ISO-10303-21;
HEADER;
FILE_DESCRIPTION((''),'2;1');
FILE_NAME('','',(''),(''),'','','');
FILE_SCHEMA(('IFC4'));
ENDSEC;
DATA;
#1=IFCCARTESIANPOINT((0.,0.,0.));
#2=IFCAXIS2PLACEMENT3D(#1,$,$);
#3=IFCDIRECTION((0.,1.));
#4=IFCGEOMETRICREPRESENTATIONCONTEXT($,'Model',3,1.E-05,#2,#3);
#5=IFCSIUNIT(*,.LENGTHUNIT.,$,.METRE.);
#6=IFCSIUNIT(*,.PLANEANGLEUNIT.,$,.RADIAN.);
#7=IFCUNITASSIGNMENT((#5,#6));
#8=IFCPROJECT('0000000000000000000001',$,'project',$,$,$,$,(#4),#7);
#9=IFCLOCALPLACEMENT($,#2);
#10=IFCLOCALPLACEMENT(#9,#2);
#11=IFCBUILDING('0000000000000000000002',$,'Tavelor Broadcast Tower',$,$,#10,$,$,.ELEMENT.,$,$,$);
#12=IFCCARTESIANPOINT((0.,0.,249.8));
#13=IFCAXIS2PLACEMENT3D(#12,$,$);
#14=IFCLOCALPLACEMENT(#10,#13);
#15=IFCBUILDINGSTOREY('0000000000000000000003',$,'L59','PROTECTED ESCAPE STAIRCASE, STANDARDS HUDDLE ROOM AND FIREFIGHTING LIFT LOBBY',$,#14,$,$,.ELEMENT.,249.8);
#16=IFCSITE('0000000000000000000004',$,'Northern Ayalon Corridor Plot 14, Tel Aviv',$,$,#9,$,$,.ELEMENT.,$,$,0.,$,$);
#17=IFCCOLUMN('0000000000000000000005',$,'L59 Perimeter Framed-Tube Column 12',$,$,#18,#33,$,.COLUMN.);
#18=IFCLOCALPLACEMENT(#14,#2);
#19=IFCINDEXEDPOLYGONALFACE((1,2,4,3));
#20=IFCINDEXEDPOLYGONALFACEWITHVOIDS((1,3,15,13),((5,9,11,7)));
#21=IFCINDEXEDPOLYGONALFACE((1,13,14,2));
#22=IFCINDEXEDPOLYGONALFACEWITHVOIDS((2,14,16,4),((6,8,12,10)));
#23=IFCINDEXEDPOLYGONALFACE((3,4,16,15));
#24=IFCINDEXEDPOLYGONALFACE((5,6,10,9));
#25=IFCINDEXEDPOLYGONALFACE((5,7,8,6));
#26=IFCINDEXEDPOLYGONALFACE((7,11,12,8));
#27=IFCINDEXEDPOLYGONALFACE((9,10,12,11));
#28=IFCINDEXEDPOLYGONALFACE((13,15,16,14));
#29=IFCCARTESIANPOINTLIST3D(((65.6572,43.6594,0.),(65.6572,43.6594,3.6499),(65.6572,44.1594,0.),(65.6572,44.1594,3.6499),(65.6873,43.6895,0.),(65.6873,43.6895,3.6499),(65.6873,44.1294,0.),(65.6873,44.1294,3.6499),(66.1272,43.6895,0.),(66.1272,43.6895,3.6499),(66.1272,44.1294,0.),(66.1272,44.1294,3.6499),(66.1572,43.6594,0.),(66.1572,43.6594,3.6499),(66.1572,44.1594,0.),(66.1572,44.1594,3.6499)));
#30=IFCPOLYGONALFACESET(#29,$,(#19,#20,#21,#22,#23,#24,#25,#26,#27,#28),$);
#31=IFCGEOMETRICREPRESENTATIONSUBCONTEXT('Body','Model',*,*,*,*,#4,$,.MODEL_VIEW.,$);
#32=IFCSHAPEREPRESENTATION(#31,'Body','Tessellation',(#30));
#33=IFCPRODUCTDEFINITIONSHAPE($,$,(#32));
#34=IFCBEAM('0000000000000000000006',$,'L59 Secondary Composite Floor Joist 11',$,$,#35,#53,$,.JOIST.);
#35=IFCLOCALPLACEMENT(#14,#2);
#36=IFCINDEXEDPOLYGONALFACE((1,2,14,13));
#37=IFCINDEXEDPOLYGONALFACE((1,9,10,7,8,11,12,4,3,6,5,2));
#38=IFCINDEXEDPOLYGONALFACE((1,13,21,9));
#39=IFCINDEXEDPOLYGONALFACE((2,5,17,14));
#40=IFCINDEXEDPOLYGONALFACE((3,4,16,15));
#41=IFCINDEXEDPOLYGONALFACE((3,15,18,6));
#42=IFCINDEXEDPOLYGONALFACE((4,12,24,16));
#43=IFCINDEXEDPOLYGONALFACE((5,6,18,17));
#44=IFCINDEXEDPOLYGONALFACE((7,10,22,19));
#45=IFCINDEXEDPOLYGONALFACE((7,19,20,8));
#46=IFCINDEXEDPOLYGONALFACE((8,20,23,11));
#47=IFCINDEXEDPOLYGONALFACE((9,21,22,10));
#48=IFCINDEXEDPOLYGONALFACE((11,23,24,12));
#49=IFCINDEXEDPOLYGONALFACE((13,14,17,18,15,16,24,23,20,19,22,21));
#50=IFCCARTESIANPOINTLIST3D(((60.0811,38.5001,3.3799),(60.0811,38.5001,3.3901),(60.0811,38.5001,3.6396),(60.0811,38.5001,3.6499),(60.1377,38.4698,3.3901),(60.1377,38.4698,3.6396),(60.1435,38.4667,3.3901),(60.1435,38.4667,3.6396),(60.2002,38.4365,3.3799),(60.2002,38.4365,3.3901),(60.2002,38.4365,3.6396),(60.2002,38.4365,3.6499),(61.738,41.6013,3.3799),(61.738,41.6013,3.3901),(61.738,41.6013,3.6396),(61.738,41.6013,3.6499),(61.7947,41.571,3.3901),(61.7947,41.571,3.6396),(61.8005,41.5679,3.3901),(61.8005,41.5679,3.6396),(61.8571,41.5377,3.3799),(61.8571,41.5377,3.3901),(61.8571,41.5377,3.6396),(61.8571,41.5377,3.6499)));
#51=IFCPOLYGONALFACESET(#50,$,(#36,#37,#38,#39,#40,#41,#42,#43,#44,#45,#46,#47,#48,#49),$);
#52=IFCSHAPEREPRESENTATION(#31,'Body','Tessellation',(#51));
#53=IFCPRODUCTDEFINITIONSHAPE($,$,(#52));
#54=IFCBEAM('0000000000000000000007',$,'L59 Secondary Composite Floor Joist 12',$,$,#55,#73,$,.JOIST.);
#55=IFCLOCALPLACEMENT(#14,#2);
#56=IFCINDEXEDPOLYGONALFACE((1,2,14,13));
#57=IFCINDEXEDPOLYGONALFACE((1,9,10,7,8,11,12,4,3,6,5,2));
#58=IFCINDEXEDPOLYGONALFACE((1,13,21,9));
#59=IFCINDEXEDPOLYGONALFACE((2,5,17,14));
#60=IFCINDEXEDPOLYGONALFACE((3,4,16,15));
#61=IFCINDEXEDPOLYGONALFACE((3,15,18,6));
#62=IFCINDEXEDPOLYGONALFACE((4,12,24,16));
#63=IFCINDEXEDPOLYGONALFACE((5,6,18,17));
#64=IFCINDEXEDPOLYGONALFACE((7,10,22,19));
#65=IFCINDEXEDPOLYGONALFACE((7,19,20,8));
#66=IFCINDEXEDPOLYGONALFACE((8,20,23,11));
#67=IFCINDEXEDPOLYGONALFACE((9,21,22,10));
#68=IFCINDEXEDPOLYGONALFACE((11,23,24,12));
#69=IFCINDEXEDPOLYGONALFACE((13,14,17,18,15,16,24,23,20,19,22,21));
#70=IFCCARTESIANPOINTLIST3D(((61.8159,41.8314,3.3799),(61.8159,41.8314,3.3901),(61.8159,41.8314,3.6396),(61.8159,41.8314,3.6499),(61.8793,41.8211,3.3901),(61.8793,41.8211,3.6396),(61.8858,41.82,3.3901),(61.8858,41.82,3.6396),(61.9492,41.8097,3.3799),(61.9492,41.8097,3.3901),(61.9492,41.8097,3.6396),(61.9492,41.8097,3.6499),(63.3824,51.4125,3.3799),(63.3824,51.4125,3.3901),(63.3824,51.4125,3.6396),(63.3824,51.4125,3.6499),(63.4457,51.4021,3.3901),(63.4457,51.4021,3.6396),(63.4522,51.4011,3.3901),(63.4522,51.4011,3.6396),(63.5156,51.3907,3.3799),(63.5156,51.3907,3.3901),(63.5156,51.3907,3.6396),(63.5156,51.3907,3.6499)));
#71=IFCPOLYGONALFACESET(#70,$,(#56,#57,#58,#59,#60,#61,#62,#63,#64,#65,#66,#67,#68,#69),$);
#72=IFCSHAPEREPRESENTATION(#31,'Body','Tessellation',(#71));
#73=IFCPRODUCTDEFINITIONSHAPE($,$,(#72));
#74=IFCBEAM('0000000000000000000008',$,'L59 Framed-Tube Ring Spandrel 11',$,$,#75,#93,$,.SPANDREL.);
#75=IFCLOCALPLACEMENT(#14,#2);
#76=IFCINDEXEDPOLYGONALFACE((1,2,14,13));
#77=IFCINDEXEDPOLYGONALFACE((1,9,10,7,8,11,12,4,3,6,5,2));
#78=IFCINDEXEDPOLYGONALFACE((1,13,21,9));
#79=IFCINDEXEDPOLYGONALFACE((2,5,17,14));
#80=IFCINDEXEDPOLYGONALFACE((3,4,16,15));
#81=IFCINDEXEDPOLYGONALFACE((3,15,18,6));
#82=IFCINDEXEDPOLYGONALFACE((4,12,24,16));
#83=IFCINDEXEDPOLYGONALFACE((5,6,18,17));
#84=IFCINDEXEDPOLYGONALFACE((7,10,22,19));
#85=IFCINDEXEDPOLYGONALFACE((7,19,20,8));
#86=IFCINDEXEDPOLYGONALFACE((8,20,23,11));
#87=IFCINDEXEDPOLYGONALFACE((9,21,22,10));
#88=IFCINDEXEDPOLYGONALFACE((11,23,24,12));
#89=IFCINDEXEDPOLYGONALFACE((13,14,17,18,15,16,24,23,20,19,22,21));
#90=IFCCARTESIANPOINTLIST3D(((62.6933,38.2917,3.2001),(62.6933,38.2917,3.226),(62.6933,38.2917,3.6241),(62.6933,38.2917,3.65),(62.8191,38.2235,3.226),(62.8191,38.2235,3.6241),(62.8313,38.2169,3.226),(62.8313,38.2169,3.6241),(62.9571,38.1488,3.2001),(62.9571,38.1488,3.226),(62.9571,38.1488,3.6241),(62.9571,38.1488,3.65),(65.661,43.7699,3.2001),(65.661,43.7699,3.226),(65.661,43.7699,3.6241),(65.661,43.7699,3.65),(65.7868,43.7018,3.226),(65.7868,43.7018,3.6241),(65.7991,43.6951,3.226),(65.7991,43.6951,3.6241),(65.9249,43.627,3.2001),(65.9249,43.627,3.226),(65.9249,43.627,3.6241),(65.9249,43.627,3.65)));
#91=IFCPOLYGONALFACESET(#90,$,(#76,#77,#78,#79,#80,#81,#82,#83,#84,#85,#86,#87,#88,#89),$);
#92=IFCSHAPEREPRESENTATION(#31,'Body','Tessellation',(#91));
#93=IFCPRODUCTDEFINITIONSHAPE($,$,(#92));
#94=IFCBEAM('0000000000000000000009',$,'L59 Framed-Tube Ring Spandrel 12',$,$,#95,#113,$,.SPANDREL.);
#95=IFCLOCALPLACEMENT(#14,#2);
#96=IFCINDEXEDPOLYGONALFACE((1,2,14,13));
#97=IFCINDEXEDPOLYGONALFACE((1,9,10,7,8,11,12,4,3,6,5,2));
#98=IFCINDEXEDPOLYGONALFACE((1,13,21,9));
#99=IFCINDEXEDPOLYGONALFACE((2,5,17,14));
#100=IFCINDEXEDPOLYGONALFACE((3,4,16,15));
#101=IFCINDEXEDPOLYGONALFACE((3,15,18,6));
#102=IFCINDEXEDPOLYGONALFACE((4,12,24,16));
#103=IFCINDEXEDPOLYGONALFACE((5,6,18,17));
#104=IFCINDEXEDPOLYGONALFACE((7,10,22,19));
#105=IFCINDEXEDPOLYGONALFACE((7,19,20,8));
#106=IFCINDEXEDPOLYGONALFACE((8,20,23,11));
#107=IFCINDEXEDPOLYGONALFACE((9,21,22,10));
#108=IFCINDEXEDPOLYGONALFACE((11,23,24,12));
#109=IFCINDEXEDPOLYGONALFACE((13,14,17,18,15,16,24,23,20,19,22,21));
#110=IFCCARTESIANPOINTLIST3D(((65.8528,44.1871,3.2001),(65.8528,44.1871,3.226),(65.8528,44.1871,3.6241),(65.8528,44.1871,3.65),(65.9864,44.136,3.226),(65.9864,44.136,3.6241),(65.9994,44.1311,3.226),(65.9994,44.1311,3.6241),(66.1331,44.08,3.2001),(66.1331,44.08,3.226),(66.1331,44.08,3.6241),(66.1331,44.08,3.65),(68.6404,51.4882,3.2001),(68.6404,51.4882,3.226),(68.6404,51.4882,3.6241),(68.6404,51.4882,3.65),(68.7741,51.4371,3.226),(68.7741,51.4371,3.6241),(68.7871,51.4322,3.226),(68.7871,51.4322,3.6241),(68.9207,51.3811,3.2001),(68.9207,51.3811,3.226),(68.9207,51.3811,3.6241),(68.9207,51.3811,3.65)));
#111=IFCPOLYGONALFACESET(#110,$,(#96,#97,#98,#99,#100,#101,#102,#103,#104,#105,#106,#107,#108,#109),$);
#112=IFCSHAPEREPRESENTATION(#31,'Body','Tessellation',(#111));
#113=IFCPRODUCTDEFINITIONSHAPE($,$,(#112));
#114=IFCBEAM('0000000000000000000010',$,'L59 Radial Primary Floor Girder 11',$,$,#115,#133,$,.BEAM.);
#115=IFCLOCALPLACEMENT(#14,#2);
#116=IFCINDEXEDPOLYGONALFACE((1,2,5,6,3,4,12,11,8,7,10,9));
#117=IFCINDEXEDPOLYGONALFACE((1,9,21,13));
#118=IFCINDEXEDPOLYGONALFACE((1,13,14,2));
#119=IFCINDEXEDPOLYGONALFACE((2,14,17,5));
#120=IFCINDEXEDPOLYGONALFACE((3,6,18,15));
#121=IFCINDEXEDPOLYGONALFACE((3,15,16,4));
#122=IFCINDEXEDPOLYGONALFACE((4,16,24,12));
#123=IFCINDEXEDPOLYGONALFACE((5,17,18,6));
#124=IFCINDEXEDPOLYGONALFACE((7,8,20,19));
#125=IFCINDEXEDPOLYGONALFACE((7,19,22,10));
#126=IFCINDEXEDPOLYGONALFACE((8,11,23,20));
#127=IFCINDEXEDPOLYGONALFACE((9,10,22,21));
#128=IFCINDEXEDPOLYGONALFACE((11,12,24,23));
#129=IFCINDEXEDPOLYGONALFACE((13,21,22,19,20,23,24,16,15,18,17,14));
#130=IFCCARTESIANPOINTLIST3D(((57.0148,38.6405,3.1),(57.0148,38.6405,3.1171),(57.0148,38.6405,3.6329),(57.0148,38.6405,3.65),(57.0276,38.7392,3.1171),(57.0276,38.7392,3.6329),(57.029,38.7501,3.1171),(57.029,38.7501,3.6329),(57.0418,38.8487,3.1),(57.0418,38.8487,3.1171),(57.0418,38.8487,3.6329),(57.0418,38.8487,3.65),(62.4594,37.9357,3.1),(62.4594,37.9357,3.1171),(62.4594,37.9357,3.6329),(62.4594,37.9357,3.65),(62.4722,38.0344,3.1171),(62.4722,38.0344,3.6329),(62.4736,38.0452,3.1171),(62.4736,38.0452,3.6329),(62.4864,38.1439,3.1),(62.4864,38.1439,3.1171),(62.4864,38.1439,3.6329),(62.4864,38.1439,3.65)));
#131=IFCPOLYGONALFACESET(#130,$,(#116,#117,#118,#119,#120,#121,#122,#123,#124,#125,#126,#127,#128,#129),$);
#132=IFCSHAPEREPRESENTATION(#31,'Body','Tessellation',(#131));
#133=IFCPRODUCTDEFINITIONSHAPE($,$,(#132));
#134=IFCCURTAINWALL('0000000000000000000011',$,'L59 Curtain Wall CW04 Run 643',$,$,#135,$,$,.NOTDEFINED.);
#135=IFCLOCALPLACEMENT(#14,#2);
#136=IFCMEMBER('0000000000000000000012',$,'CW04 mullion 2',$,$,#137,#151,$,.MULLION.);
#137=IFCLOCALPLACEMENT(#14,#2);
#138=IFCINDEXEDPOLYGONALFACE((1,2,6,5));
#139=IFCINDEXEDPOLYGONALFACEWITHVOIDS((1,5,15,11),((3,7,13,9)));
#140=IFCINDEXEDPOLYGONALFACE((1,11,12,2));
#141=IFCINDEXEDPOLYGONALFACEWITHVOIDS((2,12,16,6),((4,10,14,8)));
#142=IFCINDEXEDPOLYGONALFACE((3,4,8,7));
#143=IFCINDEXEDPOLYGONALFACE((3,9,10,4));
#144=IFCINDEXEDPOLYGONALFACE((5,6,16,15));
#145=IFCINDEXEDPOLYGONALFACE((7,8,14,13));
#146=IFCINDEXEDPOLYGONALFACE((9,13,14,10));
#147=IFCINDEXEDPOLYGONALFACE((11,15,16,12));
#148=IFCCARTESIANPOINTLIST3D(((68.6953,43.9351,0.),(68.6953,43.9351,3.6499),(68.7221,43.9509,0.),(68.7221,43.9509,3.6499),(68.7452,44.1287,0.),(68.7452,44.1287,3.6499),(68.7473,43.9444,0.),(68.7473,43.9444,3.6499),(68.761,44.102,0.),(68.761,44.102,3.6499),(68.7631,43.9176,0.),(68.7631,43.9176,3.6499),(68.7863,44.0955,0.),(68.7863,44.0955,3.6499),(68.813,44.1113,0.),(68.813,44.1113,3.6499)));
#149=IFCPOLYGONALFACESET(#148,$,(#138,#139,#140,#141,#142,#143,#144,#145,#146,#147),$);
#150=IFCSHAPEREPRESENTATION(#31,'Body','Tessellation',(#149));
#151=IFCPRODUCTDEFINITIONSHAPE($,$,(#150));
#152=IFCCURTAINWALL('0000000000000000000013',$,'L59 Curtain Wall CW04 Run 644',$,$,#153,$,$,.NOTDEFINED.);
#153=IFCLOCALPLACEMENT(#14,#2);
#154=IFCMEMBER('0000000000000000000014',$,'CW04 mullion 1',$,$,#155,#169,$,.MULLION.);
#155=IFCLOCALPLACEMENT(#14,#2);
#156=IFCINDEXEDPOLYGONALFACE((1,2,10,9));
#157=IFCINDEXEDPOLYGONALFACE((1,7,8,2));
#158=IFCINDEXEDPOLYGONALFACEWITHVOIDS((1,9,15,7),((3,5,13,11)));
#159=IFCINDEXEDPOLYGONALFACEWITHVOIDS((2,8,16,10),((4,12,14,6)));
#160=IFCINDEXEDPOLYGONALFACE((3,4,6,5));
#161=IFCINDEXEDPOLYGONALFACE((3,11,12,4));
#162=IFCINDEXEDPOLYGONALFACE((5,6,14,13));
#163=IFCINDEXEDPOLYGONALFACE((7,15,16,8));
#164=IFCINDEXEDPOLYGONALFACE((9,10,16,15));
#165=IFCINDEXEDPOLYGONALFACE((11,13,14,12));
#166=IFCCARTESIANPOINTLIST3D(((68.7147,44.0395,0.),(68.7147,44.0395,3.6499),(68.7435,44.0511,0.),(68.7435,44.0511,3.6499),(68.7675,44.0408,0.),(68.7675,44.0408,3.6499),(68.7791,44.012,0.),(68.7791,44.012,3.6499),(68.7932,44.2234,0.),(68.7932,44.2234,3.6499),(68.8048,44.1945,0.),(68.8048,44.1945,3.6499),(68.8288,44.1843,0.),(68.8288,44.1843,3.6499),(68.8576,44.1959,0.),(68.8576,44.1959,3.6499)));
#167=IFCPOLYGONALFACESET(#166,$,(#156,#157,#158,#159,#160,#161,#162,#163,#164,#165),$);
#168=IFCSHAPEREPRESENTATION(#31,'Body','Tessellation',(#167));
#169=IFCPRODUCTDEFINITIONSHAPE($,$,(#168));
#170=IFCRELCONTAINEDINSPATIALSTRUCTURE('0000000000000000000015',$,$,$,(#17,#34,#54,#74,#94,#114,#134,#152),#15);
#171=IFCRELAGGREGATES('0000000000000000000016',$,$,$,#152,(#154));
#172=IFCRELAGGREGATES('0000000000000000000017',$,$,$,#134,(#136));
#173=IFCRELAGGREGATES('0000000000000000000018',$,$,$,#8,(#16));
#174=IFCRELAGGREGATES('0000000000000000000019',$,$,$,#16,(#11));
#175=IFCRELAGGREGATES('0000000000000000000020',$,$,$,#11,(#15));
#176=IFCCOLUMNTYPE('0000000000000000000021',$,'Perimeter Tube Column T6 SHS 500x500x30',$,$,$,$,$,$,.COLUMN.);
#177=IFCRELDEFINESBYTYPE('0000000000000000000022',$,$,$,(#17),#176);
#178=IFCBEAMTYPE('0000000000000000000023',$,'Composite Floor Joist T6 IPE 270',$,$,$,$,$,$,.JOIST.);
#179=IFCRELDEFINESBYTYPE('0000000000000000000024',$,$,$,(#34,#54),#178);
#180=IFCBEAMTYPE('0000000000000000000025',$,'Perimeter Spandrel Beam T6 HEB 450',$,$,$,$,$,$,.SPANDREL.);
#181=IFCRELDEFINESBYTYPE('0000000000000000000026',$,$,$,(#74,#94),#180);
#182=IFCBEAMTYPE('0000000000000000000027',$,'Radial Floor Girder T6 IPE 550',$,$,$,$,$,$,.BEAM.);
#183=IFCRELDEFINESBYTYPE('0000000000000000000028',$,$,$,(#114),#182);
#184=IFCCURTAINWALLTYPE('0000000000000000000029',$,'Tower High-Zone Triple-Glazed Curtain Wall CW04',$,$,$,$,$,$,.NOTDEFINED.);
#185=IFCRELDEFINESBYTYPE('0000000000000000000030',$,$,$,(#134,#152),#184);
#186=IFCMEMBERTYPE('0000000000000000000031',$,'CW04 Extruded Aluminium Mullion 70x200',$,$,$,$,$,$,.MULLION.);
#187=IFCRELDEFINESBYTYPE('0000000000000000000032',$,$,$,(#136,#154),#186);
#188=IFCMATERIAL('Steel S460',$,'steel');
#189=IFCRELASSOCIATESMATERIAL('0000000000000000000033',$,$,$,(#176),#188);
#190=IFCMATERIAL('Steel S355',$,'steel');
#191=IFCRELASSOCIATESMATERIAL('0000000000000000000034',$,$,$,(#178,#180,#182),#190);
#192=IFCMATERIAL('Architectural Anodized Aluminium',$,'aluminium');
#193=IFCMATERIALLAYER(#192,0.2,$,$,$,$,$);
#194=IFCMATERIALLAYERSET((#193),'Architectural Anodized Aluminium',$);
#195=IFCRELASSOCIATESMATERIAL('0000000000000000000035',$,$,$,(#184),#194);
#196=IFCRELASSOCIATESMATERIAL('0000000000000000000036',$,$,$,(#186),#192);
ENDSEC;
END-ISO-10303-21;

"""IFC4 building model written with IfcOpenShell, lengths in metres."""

from ifc_helpers import new_model, si_unit, direction, frame, origin, origin_2d, place, context, subcontext, project, spatial, hollow_rectangle, i_section, extrude, source, transform, mapped, material, layer, layer_set, material_profile, profile_set, type_object, type_shapes, element, aggregate, save


model = new_model("IFC4")

# Units and contexts
model_context = context("Model", 3, precision=1e-05, world=origin(), true_north=direction((0.0, 1.0)))
body_context = subcontext(model_context, "Body", "Model", "MODEL_VIEW")
ifc_project = project(units=[si_unit("LENGTHUNIT", "METRE"), si_unit("PLANEANGLEUNIT", "RADIAN")], contexts=[model_context])

# Site, building, storey
site_placement = place(None, origin())
site = spatial("IfcSite", under=ifc_project, at=site_placement, Name="Northern Ayalon Corridor Plot 14, Tel Aviv", CompositionType="ELEMENT", RefElevation=0.0)
building_placement = place(site_placement, origin())
building = spatial("IfcBuilding", under=site, at=building_placement, Name="Tavelor Broadcast Tower", CompositionType="ELEMENT")
storey_placement = place(building_placement, frame((0.0, 0.0, 249.8)))
storey = spatial("IfcBuildingStorey", under=building, at=storey_placement, Name="L59", Description="PROTECTED ESCAPE STAIRCASE, STANDARDS HUDDLE ROOM AND FIREFIGHTING LIFT LOBBY", CompositionType="ELEMENT", Elevation=249.8)

# Column
ifc_material_1 = material(Name="Steel S460", Category="steel")
ifc_material_profile_1 = material_profile(ifc_material_1, hollow_rectangle(XDim=0.5, YDim=0.5, WallThickness=0.03, at=origin_2d()), Name="SHS 500x500x30")
ifc_profile_set_1 = profile_set([ifc_material_profile_1], Name="Steel S460")
column_type = type_object("IfcColumnType", Name="Perimeter Tube Column T6 SHS 500x500x30", PredefinedType="COLUMN", material=ifc_profile_set_1)
column_placement = place(storey_placement, frame((65.9072, 43.9094, 0.0), z_axis=(0.0, 0.0, 1.0), x_axis=(1.0, 0.0, 0.0)))
element("IfcColumn", 1, at=column_placement, inside=storey, type_object=column_type, Name="L59 Perimeter Framed-Tube Column 12", PredefinedType="COLUMN", context=body_context, shape_type="SweptSolid", body=[
    extrude(hollow_rectangle(XDim=0.5, YDim=0.5, WallThickness=0.03, at=origin_2d()), origin(), (0.0, 0.0, 1.0), 3.6499),
])

# Beams
ifc_material_2 = material(Name="Steel S355", Category="steel")
ifc_material_profile_2 = material_profile(ifc_material_2, i_section(OverallWidth=0.135, OverallDepth=0.27, WebThickness=0.0066, FlangeThickness=0.0103, at=origin_2d()), Name="IPE 270")
ifc_profile_set_2 = profile_set([ifc_material_profile_2], Name="Steel S355")
beam_type_1 = type_object("IfcBeamType", Name="Composite Floor Joist T6 IPE 270", PredefinedType="JOIST", material=ifc_profile_set_2)
beam_1_placement = place(storey_placement, frame((60.1406, 38.4683, 3.5149), z_axis=(0.47124, 0.882005, 0.0), x_axis=(-0.882005, 0.47124, 0.0)))
element("IfcBeam", 2, at=beam_1_placement, inside=storey, type_object=beam_type_1, Name="L59 Secondary Composite Floor Joist 11", PredefinedType="JOIST", context=body_context, shape_type="SweptSolid", body=[
    extrude(i_section(OverallWidth=0.135, OverallDepth=0.27, WebThickness=0.0066, FlangeThickness=0.0103, at=origin_2d()), origin(), (0.0, 0.0, 1.0), 3.5161),
])
beam_2_placement = place(storey_placement, frame((61.8826, 41.8206, 3.5149), z_axis=(0.161348, 0.986898, 0.0), x_axis=(-0.986898, 0.161348, 0.0)))
element("IfcBeam", 3, at=beam_2_placement, inside=storey, type_object=beam_type_1, Name="L59 Secondary Composite Floor Joist 12", PredefinedType="JOIST", context=body_context, shape_type="SweptSolid", body=[
    extrude(i_section(OverallWidth=0.135, OverallDepth=0.27, WebThickness=0.0066, FlangeThickness=0.0103, at=origin_2d()), origin(), (0.0, 0.0, 1.0), 9.7083),
])
ifc_material_profile_3 = material_profile(ifc_material_2, i_section(OverallWidth=0.3, OverallDepth=0.45, WebThickness=0.0139, FlangeThickness=0.0259, at=origin_2d()), Name="HEB 450")
ifc_profile_set_3 = profile_set([ifc_material_profile_3], Name="Steel S355")
beam_type_2 = type_object("IfcBeamType", Name="Perimeter Spandrel Beam T6 HEB 450", PredefinedType="SPANDREL", material=ifc_profile_set_3)
beam_3_placement = place(storey_placement, frame((62.8252, 38.2202, 3.425), z_axis=(0.47633, 0.879267, 0.0), x_axis=(-0.879267, 0.47633, 0.0)))
element("IfcBeam", 4, at=beam_3_placement, inside=storey, type_object=beam_type_2, Name="L59 Framed-Tube Ring Spandrel 11", PredefinedType="SPANDREL", context=body_context, shape_type="SweptSolid", body=[
    extrude(i_section(OverallWidth=0.3, OverallDepth=0.45, WebThickness=0.0139, FlangeThickness=0.0259, at=origin_2d()), origin(), (0.0, 0.0, 1.0), 6.2305),
])
beam_4_placement = place(storey_placement, frame((65.9929, 44.1335, 3.425), z_axis=(0.356694, 0.934221, 0.0), x_axis=(-0.934221, 0.356694, 0.0)))
element("IfcBeam", 5, at=beam_4_placement, inside=storey, type_object=beam_type_2, Name="L59 Framed-Tube Ring Spandrel 12", PredefinedType="SPANDREL", context=body_context, shape_type="SweptSolid", body=[
    extrude(i_section(OverallWidth=0.3, OverallDepth=0.45, WebThickness=0.0139, FlangeThickness=0.0259, at=origin_2d()), origin(), (0.0, 0.0, 1.0), 7.8152),
])
ifc_material_profile_4 = material_profile(ifc_material_2, i_section(OverallWidth=0.21, OverallDepth=0.55, WebThickness=0.011, FlangeThickness=0.0171, at=origin_2d()), Name="IPE 550")
ifc_profile_set_4 = profile_set([ifc_material_profile_4], Name="Steel S355")
beam_type_3 = type_object("IfcBeamType", Name="Radial Floor Girder T6 IPE 550", PredefinedType="BEAM", material=ifc_profile_set_4)
beam_5_placement = place(storey_placement, frame((57.0283, 38.7446, 3.375), z_axis=(0.991724, -0.128385, 0.0), x_axis=(0.128385, 0.991724, 0.0)))
element("IfcBeam", 6, at=beam_5_placement, inside=storey, type_object=beam_type_3, Name="L59 Radial Primary Floor Girder 11", PredefinedType="BEAM", context=body_context, shape_type="SweptSolid", body=[
    extrude(i_section(OverallWidth=0.21, OverallDepth=0.55, WebThickness=0.011, FlangeThickness=0.0171, at=origin_2d()), origin(), (0.0, 0.0, 1.0), 5.49),
])

# Curtain wall, member
ifc_material_3 = material(Name="Architectural Anodized Aluminium", Category="aluminium")
ifc_layer_1 = layer(ifc_material_3, 0.2)
ifc_layer_set_1 = layer_set([ifc_layer_1], Name="Architectural Anodized Aluminium")
curtain_wall_type = type_object("IfcCurtainWallType", Name="Tower High-Zone Triple-Glazed Curtain Wall CW04", PredefinedType="NOTDEFINED", material=ifc_layer_set_1)
curtain_wall_1_placement = place(storey_placement, origin())
curtain_wall_1 = element("IfcCurtainWall", 7, at=curtain_wall_1_placement, inside=storey, type_object=curtain_wall_type, Name="L59 Curtain Wall CW04 Run 643", PredefinedType="NOTDEFINED")
ifc_material_profile_5 = material_profile(ifc_material_3, hollow_rectangle(XDim=0.0701, YDim=0.2, WallThickness=0.022, at=origin_2d()), Name="RHS 70x200x22")
ifc_profile_set_5 = profile_set([ifc_material_profile_5], Name="Architectural Anodized Aluminium")
member_type_1 = type_object("IfcMemberType", Name="CW04 Extruded Aluminium Mullion 70x200", PredefinedType="MULLION", material=ifc_profile_set_5)
shared_shape_1 = source(origin(), body_context, "Body", "SweptSolid", [
    extrude(hollow_rectangle(XDim=0.0701, YDim=0.2, WallThickness=0.022, at=origin_2d()), origin(), (0.0, 0.0, 1.0), 3.6499),
])
type_shapes(member_type_1, [shared_shape_1])
member_1_placement = place(storey_placement, frame((68.7542, 44.0232, 0.0), z_axis=(0.0, 0.0, 1.0), x_axis=(-0.968409, 0.249366, 0.0)))
member_1 = element("IfcMember", 8, at=member_1_placement, type_object=member_type_1, Name="CW04 mullion 2", PredefinedType="MULLION", context=body_context, shape_type="MappedRepresentation", body=[
    mapped(shared_shape_1, transform((0.0, 0.0, 0.0), scale=1.0)),
])

# Curtain wall, member
curtain_wall_2_placement = place(storey_placement, origin())
curtain_wall_2 = element("IfcCurtainWall", 9, at=curtain_wall_2_placement, inside=storey, type_object=curtain_wall_type, Name="L59 Curtain Wall CW04 Run 644", PredefinedType="NOTDEFINED")
member_2_placement = place(storey_placement, frame((68.7861, 44.1177, 0.0), z_axis=(0.0, 0.0, 1.0), x_axis=(-0.919656, 0.392724, 0.0)))
member_2 = element("IfcMember", 10, at=member_2_placement, type_object=member_type_1, Name="CW04 mullion 1", PredefinedType="MULLION", context=body_context, shape_type="MappedRepresentation", body=[
    mapped(shared_shape_1, transform((0.0, 0.0, 0.0), scale=1.0)),
])
aggregate(curtain_wall_2, [member_2])

aggregate(curtain_wall_1, [member_1])

save(model, "model.ifc")
